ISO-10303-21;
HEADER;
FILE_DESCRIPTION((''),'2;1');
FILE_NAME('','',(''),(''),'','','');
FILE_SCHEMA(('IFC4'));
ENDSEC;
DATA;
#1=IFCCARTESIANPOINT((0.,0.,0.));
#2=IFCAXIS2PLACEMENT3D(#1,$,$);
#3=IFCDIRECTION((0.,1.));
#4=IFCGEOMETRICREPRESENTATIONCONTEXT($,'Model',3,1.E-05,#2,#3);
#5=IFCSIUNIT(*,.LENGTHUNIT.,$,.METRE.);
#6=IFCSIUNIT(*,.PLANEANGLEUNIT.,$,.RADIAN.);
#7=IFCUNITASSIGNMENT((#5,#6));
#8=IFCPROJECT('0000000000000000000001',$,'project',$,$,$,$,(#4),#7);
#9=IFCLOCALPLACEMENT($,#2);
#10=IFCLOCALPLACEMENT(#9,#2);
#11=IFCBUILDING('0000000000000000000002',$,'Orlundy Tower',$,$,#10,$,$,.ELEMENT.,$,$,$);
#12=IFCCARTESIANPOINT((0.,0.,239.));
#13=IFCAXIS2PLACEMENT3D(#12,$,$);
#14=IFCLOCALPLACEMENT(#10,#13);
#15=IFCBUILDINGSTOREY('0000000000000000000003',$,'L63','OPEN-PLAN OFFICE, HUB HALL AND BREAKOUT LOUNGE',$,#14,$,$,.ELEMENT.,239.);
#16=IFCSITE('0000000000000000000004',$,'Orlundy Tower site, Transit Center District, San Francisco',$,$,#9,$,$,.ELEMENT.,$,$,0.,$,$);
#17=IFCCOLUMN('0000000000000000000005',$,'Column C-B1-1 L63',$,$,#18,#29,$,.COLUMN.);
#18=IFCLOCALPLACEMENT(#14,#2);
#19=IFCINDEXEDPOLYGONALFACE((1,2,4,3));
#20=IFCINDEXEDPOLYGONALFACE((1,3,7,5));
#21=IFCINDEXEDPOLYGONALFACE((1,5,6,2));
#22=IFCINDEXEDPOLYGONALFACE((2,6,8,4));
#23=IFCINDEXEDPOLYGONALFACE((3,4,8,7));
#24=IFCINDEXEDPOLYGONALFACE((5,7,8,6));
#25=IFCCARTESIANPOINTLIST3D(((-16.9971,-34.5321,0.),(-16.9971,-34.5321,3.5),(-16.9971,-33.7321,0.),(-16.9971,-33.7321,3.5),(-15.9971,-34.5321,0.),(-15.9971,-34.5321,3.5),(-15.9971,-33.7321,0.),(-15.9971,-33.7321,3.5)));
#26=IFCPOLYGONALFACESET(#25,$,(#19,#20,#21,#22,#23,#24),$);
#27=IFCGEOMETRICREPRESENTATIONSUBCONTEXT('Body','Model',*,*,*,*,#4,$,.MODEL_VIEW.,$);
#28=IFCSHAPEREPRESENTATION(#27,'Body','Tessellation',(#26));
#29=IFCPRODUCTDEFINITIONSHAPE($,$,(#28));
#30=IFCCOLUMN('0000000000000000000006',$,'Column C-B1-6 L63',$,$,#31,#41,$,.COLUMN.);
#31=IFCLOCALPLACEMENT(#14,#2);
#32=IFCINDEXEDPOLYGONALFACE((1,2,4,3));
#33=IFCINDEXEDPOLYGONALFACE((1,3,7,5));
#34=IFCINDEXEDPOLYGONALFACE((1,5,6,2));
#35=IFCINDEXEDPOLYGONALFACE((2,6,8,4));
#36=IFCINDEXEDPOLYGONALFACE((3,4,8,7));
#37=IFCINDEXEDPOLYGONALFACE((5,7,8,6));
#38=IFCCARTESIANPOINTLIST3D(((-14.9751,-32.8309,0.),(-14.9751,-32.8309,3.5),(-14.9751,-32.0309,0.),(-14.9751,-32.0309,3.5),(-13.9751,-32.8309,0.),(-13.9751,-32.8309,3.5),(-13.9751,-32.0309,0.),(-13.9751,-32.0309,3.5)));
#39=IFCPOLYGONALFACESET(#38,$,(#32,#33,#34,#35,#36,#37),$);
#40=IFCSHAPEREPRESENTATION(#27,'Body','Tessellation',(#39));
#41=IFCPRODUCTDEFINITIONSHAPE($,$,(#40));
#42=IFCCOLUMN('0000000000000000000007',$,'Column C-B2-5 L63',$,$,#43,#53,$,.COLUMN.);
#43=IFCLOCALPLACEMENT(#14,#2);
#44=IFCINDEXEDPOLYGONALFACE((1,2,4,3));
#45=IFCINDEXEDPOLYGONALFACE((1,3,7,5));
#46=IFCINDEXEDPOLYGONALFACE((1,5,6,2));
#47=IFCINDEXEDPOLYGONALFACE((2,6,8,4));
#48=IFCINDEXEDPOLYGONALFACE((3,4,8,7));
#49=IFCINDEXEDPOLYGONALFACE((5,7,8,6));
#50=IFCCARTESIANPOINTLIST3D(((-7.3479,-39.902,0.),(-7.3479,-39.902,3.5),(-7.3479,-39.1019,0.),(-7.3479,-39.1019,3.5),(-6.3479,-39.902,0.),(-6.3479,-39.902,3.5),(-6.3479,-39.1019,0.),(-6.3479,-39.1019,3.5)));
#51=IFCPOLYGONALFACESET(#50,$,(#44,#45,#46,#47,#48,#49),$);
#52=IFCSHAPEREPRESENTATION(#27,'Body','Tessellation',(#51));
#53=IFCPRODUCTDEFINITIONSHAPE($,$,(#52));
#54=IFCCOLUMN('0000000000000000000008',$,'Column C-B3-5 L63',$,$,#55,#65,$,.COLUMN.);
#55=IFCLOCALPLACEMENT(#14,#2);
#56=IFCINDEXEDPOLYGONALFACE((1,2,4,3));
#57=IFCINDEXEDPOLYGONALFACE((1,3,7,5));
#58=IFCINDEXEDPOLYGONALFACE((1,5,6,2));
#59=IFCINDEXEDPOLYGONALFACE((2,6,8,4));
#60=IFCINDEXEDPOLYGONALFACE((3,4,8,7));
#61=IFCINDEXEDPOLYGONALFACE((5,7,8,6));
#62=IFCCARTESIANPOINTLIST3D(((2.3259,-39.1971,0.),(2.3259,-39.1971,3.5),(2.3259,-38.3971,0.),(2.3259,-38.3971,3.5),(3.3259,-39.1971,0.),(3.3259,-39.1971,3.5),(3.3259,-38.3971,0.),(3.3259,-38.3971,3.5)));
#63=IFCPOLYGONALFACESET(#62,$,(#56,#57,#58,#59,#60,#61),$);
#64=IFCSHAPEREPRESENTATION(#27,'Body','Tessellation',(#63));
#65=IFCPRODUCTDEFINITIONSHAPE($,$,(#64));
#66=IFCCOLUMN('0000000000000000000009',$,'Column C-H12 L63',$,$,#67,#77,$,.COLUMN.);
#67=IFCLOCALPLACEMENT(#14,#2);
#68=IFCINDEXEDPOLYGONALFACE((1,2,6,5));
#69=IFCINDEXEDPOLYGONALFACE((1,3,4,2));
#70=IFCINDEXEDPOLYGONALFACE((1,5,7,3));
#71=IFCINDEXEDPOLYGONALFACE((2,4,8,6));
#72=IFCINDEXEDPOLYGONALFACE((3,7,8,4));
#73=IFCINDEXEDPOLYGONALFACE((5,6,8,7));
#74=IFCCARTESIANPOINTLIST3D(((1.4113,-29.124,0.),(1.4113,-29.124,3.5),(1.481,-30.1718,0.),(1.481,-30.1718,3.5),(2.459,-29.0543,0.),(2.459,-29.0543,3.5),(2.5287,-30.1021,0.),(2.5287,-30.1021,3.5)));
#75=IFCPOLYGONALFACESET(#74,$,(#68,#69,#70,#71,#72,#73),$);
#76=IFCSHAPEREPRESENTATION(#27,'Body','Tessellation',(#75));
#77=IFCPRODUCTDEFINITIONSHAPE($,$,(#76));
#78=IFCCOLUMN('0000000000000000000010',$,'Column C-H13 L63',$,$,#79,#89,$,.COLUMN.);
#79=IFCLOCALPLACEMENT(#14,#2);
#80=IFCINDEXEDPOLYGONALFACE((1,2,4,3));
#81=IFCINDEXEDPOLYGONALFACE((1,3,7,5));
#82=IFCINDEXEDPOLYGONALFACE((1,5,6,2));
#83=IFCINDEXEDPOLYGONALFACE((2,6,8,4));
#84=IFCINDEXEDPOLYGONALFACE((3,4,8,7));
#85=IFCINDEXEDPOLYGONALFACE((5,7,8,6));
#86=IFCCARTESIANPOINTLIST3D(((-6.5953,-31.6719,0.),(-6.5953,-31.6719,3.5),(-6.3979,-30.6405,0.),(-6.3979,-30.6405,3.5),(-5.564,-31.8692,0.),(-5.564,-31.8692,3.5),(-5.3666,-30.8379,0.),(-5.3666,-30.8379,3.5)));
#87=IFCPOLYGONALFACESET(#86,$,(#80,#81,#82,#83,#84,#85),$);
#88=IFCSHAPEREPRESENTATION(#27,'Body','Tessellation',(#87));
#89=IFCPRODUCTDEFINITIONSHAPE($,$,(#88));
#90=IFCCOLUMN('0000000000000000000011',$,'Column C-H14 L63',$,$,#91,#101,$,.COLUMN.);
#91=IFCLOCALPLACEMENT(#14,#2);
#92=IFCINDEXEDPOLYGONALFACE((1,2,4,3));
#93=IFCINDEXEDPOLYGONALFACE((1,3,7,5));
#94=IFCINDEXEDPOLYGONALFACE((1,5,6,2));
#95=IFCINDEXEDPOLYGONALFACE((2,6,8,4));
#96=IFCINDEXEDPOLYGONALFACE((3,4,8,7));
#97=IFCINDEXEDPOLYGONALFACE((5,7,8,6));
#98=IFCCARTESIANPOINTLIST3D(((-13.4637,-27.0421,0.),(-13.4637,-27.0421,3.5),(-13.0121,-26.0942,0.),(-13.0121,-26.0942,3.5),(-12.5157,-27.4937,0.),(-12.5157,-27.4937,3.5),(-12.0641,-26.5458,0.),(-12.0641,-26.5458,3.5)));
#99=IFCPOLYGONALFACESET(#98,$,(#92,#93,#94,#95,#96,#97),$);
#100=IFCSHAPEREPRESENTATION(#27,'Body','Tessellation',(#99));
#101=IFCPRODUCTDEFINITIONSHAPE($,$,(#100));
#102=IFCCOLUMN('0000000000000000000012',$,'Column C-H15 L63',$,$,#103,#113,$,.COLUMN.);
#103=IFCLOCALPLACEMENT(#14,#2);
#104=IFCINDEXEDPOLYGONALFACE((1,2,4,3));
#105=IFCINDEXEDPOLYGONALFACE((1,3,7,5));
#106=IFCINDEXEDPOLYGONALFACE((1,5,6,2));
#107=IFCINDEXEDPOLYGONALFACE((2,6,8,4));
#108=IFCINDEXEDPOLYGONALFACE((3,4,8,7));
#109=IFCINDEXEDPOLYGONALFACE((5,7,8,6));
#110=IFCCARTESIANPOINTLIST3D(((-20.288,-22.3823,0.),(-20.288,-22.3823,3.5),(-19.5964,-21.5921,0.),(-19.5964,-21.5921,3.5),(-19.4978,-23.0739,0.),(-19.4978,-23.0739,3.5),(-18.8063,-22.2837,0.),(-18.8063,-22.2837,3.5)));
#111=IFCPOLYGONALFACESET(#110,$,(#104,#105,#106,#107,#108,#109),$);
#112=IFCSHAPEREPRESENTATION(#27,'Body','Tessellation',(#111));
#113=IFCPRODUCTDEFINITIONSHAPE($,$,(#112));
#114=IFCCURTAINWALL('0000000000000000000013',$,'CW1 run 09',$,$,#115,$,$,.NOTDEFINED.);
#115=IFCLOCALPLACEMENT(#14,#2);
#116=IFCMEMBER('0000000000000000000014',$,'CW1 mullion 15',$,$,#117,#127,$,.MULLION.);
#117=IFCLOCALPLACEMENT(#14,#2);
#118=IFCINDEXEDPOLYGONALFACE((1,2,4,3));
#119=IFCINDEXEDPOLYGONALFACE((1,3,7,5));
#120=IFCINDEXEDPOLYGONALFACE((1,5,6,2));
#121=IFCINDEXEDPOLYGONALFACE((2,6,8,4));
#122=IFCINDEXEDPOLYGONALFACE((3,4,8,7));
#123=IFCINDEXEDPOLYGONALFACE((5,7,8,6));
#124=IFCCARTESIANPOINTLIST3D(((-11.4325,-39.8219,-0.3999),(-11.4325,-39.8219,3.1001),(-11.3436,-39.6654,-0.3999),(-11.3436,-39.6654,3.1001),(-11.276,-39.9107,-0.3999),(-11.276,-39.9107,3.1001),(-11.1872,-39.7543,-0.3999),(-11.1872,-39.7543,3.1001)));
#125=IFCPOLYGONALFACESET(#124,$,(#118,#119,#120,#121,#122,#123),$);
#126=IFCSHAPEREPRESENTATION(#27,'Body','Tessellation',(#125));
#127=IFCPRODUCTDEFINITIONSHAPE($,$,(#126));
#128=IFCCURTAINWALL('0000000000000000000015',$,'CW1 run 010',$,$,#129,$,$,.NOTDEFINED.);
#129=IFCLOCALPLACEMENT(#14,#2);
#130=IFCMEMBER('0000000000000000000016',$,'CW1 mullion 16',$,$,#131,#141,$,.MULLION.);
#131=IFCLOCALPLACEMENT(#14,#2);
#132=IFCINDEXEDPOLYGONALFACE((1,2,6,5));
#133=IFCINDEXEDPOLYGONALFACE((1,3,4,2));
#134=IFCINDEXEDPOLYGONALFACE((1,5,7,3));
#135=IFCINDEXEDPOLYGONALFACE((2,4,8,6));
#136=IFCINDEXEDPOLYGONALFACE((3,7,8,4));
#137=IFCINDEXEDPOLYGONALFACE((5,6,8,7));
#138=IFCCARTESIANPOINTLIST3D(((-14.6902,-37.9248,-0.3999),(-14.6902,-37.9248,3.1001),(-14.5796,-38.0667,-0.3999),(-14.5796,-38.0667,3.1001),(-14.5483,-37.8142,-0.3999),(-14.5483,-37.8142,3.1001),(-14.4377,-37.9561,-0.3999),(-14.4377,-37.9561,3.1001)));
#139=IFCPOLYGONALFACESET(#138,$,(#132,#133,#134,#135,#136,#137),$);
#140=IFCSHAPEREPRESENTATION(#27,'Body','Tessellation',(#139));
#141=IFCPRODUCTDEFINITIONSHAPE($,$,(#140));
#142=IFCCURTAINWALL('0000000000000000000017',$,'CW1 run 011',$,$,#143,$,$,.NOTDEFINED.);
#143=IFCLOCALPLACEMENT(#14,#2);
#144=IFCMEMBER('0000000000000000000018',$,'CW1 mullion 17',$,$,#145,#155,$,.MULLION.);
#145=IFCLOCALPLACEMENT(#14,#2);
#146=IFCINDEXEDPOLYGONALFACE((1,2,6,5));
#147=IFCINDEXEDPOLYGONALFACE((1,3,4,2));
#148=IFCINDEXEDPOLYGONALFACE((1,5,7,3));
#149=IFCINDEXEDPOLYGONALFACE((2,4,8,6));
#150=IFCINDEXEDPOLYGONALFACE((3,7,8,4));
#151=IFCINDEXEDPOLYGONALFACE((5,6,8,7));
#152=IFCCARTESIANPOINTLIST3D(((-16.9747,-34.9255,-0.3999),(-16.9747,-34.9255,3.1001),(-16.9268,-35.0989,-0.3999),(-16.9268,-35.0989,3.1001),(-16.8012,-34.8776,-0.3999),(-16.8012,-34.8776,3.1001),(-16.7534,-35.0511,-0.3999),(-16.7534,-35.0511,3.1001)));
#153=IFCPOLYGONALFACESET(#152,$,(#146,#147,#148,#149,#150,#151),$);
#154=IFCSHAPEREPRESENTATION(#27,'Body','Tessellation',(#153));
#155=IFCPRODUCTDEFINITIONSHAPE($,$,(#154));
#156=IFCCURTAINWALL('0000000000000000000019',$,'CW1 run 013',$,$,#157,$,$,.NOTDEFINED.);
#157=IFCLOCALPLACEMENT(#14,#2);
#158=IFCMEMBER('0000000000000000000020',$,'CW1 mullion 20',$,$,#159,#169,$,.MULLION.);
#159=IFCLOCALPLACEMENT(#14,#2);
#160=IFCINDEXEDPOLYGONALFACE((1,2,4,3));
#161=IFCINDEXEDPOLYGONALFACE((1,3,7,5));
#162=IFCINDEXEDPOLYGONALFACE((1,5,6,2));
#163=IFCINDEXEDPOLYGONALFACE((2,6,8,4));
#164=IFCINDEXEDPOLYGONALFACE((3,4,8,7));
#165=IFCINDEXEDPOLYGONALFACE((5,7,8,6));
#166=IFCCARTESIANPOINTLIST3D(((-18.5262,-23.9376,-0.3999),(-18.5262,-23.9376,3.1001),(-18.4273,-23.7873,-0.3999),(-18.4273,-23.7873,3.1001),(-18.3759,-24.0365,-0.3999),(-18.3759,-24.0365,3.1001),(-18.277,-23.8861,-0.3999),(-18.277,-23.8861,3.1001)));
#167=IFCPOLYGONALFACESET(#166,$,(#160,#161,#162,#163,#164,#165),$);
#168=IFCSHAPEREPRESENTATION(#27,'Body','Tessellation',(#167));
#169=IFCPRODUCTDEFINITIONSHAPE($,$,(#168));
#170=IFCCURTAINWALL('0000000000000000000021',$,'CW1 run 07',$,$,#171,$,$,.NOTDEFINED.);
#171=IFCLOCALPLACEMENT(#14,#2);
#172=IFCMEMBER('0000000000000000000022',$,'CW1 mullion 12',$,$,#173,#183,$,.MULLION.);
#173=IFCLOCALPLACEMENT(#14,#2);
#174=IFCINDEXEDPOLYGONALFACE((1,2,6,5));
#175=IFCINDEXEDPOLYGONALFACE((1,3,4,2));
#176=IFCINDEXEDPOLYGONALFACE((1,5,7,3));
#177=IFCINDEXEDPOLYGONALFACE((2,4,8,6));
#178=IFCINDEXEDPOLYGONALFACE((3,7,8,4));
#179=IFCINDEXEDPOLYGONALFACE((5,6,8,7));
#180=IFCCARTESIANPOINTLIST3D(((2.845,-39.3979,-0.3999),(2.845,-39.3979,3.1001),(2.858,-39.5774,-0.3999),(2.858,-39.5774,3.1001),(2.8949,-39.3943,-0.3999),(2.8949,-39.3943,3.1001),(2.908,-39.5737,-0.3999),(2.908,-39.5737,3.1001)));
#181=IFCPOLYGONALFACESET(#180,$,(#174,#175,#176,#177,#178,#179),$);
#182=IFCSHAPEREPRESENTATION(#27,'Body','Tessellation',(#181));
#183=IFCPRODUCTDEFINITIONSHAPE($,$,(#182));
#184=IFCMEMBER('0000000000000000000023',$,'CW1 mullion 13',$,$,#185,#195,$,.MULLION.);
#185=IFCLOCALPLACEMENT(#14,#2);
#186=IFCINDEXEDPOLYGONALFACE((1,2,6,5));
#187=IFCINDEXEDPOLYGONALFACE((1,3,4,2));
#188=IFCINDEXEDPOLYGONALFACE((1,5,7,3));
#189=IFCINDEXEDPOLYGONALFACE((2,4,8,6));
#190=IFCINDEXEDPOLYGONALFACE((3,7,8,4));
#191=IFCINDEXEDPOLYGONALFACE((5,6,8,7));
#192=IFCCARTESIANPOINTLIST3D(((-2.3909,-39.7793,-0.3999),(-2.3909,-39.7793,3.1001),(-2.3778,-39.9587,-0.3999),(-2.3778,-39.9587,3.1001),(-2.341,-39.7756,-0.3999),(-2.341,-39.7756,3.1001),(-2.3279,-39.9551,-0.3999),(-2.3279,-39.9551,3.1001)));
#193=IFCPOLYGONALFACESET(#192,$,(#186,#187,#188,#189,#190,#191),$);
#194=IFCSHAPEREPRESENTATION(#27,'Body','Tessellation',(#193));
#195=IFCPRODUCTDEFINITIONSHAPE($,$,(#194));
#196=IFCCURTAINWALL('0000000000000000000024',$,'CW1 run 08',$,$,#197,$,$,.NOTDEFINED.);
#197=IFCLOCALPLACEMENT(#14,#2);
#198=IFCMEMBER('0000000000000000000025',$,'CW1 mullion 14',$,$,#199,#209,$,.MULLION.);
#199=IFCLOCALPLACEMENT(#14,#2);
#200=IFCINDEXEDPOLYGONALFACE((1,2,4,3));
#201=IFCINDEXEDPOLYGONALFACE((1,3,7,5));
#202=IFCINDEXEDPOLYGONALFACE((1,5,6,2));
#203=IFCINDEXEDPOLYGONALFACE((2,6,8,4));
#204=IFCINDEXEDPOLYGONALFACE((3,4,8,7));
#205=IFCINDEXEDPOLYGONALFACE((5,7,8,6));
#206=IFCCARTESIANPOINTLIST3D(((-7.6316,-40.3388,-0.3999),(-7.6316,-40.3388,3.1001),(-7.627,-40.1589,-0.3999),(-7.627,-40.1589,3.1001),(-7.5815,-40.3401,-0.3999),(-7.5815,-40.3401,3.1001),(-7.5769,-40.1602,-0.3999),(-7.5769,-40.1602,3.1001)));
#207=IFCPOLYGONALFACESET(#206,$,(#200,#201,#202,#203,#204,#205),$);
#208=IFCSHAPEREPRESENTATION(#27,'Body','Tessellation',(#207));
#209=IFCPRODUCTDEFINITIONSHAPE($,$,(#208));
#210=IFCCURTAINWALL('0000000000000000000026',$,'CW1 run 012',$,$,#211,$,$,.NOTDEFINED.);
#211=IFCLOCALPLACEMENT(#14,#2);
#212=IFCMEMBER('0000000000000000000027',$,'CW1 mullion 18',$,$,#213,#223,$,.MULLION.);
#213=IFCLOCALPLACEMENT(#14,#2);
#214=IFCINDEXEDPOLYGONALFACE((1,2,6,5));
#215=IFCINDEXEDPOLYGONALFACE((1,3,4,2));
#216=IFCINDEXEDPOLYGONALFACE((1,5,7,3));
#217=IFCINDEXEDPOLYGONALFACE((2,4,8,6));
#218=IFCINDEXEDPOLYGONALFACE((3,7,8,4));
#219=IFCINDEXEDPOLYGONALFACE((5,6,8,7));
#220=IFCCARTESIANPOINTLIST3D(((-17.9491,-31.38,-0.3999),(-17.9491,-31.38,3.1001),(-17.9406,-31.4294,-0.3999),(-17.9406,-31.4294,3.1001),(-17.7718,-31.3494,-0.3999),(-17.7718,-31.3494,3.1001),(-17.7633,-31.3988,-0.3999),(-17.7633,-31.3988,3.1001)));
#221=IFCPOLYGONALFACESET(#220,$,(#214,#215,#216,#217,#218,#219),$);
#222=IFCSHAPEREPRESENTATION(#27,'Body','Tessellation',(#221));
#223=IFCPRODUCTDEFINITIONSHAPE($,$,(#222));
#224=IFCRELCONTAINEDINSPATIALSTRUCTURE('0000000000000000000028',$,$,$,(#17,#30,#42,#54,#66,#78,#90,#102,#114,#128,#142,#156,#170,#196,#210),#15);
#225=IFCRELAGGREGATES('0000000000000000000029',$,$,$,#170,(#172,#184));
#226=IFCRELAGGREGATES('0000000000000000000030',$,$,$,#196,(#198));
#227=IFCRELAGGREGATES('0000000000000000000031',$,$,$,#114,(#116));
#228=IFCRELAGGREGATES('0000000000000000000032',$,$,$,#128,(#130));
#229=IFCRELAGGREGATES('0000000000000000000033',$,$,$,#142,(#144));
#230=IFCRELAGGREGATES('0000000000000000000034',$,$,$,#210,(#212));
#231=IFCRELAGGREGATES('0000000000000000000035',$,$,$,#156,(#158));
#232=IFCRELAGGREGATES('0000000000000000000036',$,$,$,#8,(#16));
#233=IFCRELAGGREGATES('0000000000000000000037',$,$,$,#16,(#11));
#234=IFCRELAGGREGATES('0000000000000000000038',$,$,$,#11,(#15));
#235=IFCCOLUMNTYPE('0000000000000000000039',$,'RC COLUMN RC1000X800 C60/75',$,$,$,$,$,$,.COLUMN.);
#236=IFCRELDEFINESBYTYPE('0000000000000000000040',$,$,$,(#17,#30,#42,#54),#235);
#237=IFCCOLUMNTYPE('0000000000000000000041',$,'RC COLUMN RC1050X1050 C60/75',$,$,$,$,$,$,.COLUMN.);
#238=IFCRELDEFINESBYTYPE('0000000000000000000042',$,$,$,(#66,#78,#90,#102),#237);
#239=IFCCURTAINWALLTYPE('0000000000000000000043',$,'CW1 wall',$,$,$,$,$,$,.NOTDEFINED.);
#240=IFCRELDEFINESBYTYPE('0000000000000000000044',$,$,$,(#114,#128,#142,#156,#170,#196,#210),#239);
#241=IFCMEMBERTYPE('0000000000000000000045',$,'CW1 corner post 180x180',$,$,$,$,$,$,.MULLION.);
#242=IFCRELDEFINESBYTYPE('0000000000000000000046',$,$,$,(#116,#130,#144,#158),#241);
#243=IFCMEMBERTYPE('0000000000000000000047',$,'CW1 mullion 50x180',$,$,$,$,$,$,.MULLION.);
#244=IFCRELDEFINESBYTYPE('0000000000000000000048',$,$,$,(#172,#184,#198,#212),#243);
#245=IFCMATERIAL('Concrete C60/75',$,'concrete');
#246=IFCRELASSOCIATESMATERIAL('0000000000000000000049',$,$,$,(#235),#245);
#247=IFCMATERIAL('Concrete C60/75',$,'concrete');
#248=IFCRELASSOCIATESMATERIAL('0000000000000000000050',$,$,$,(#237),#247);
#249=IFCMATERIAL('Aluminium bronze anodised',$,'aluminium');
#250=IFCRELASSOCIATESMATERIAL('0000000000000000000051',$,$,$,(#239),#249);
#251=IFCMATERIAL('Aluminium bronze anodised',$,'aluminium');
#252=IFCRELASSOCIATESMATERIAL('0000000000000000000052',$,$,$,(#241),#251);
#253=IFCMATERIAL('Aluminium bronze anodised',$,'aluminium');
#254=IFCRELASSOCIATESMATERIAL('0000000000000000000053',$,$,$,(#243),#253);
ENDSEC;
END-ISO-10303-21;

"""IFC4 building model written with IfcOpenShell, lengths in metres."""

from ifc_helpers import new_model, si_unit, direction, frame, origin, origin_2d, place, context, subcontext, project, spatial, rectangle, extrude, material, material_profile, profile_set, type_object, element, aggregate, save


model = new_model("IFC4")

# Units and contexts
model_context = context("Model", 3, precision=1e-05, world=origin(), true_north=direction((0.0, 1.0)))
body_context = subcontext(model_context, "Body", "Model", "MODEL_VIEW")
ifc_project = project(units=[si_unit("LENGTHUNIT", "METRE"), si_unit("PLANEANGLEUNIT", "RADIAN")], contexts=[model_context])

# Site, building, storey
site_placement = place(None, origin())
site = spatial("IfcSite", under=ifc_project, at=site_placement, Name="Orlundy Tower site, Transit Center District, San Francisco", CompositionType="ELEMENT", RefElevation=0.0)
building_placement = place(site_placement, origin())
building = spatial("IfcBuilding", under=site, at=building_placement, Name="Orlundy Tower", CompositionType="ELEMENT")
storey_placement = place(building_placement, frame((0.0, 0.0, 239.0)))
storey = spatial("IfcBuildingStorey", under=building, at=storey_placement, Name="L63", Description="OPEN-PLAN OFFICE, HUB HALL AND BREAKOUT LOUNGE", CompositionType="ELEMENT", Elevation=239.0)

# Columns
ifc_material_1 = material(Name="Concrete C60/75", Category="concrete")
ifc_material_profile_1 = material_profile(ifc_material_1, rectangle(XDim=1.0, YDim=0.8, at=origin_2d()), Name="RC1000X800")
ifc_profile_set_1 = profile_set([ifc_material_profile_1], Name="Concrete C60/75")
column_type_1 = type_object("IfcColumnType", Name="RC COLUMN RC1000X800 C60/75", PredefinedType="COLUMN", material=ifc_profile_set_1)
for number, where, z_axis, x_axis, name in (
    (1, (-16.4971, -34.1321, 0.0), (0.0, 0.0, 1.0), (1.0, 0.0, 0.0), "Column C-B1-1 L63"),
    (2, (-14.4751, -32.4309, 0.0), (0.0, 0.0, 1.0), (1.0, 0.0, 0.0), "Column C-B1-6 L63"),
    (3, (-6.8479, -39.502, 0.0), (0.0, 0.0, 1.0), (1.0, 0.0, 0.0), "Column C-B2-5 L63"),
    (4, (2.8259, -38.7971, 0.0), (0.0, 0.0, 1.0), (1.0, 0.0, 0.0), "Column C-B3-5 L63"),
):
    element("IfcColumn", number, at=place(storey_placement, frame(where, z_axis=z_axis, x_axis=x_axis)), inside=storey, type_object=column_type_1, Name=name, PredefinedType="COLUMN", context=body_context, shape_type="SweptSolid", body=[
        extrude(rectangle(XDim=1.0, YDim=0.8, at=origin_2d()), origin(), (0.0, 0.0, 1.0), 3.5),
    ])
ifc_material_2 = material(Name="Concrete C60/75", Category="concrete")
ifc_material_profile_2 = material_profile(ifc_material_2, rectangle(XDim=1.05, YDim=1.05, at=origin_2d()), Name="RC1050X1050")
ifc_profile_set_2 = profile_set([ifc_material_profile_2], Name="Concrete C60/75")
column_type_2 = type_object("IfcColumnType", Name="RC COLUMN RC1050X1050 C60/75", PredefinedType="COLUMN", material=ifc_profile_set_2)
for number, where, z_axis, x_axis, name in (
    (5, (1.97, -29.613, 0.0), (0.0, 0.0, 1.0), (0.066378, -0.997795, 0.0), "Column C-H12 L63"),
    (6, (-5.981, -31.2549, 0.0), (0.0, 0.0, 1.0), (-0.187947, -0.982179, 0.0), "Column C-H13 L63"),
    (7, (-12.7639, -26.7939, 0.0), (0.0, 0.0, 1.0), (-0.43007, -0.902796, 0.0), "Column C-H14 L63"),
    (8, (-19.5471, -22.333, 0.0), (0.0, 0.0, 1.0), (-0.658611, -0.752484, 0.0), "Column C-H15 L63"),
):
    element("IfcColumn", number, at=place(storey_placement, frame(where, z_axis=z_axis, x_axis=x_axis)), inside=storey, type_object=column_type_2, Name=name, PredefinedType="COLUMN", context=body_context, shape_type="SweptSolid", body=[
        extrude(rectangle(XDim=1.05, YDim=1.05, at=origin_2d()), origin(), (0.0, 0.0, 1.0), 3.5),
    ])

# Curtain walls, members
ifc_material_3 = material(Name="Aluminium bronze anodised", Category="aluminium")
curtain_wall_type = type_object("IfcCurtainWallType", Name="CW1 wall", PredefinedType="NOTDEFINED", material=ifc_material_3)
curtain_wall_1_placement = place(storey_placement, origin())
curtain_wall_1 = element("IfcCurtainWall", 9, at=curtain_wall_1_placement, inside=storey, type_object=curtain_wall_type, Name="CW1 run 09", PredefinedType="NOTDEFINED")
ifc_material_4 = material(Name="Aluminium bronze anodised", Category="aluminium")
ifc_material_profile_3 = material_profile(ifc_material_4, rectangle(XDim=0.1799, YDim=0.1799, at=origin_2d()), Name="CW1 corner post 180x180")
ifc_profile_set_3 = profile_set([ifc_material_profile_3], Name="Aluminium bronze anodised")
member_type_1 = type_object("IfcMemberType", Name="CW1 corner post 180x180", PredefinedType="MULLION", material=ifc_profile_set_3)
member_1_placement = place(storey_placement, frame((-11.3098, -39.7881, -0.3999), z_axis=(0.0, 0.0, 1.0), x_axis=(-0.493754, -0.869601, 0.0)))
member_1 = element("IfcMember", 10, at=member_1_placement, type_object=member_type_1, Name="CW1 mullion 15", PredefinedType="MULLION", context=body_context, shape_type="SweptSolid", body=[
    extrude(rectangle(XDim=0.1799, YDim=0.1799, at=origin_2d()), origin(), (0.0, 0.0, 1.0), 3.5),
])
curtain_wall_2_placement = place(storey_placement, origin())
curtain_wall_2 = element("IfcCurtainWall", 11, at=curtain_wall_2_placement, inside=storey, type_object=curtain_wall_type, Name="CW1 run 010", PredefinedType="NOTDEFINED")
member_2_placement = place(storey_placement, frame((-14.564, -37.9404, -0.3999), z_axis=(0.0, 0.0, 1.0), x_axis=(-0.788858, -0.614575, 0.0)))
member_2 = element("IfcMember", 12, at=member_2_placement, type_object=member_type_1, Name="CW1 mullion 16", PredefinedType="MULLION", context=body_context, shape_type="SweptSolid", body=[
    extrude(rectangle(XDim=0.1799, YDim=0.1799, at=origin_2d()), origin(), (0.0, 0.0, 1.0), 3.5),
])
curtain_wall_3_placement = place(storey_placement, origin())
curtain_wall_3 = element("IfcCurtainWall", 13, at=curtain_wall_3_placement, inside=storey, type_object=curtain_wall_type, Name="CW1 run 011", PredefinedType="NOTDEFINED")
member_3_placement = place(storey_placement, frame((-16.864, -34.9883, -0.3999), z_axis=(0.0, 0.0, 1.0), x_axis=(-0.964038, -0.265765, 0.0)))
member_3 = element("IfcMember", 14, at=member_3_placement, type_object=member_type_1, Name="CW1 mullion 17", PredefinedType="MULLION", context=body_context, shape_type="SweptSolid", body=[
    extrude(rectangle(XDim=0.1799, YDim=0.1799, at=origin_2d()), origin(), (0.0, 0.0, 1.0), 3.5),
])
curtain_wall_4_placement = place(storey_placement, origin())
curtain_wall_4 = element("IfcCurtainWall", 15, at=curtain_wall_4_placement, inside=storey, type_object=curtain_wall_type, Name="CW1 run 013", PredefinedType="NOTDEFINED")
member_4_placement = place(storey_placement, frame((-18.4016, -23.9119, -0.3999), z_axis=(0.0, 0.0, 1.0), x_axis=(-0.549527, -0.835476, 0.0)))
member_4 = element("IfcMember", 16, at=member_4_placement, type_object=member_type_1, Name="CW1 mullion 20", PredefinedType="MULLION", context=body_context, shape_type="SweptSolid", body=[
    extrude(rectangle(XDim=0.1799, YDim=0.1799, at=origin_2d()), origin(), (0.0, 0.0, 1.0), 3.5),
])

# Curtain wall, members
curtain_wall_5_placement = place(storey_placement, origin())
curtain_wall_5 = element("IfcCurtainWall", 17, at=curtain_wall_5_placement, inside=storey, type_object=curtain_wall_type, Name="CW1 run 07", PredefinedType="NOTDEFINED")
ifc_material_5 = material(Name="Aluminium bronze anodised", Category="aluminium")
ifc_material_profile_4 = material_profile(ifc_material_5, rectangle(XDim=0.1799, YDim=0.05, at=origin_2d()), Name="CW1 mullion 50x180")
ifc_profile_set_4 = profile_set([ifc_material_profile_4], Name="Aluminium bronze anodised")
member_type_2 = type_object("IfcMemberType", Name="CW1 mullion 50x180", PredefinedType="MULLION", material=ifc_profile_set_4)
member_5_placement = place(storey_placement, frame((2.8765, -39.4858, -0.3999), z_axis=(0.0, 0.0, 1.0), x_axis=(0.072668, -0.997356, 0.0)))
member_5 = element("IfcMember", 18, at=member_5_placement, type_object=member_type_2, Name="CW1 mullion 12", PredefinedType="MULLION", context=body_context, shape_type="SweptSolid", body=[
    extrude(rectangle(XDim=0.1799, YDim=0.05, at=origin_2d()), origin(), (0.0, 0.0, 1.0), 3.5),
])
member_6_placement = place(storey_placement, frame((-2.3594, -39.8672, -0.3999), z_axis=(0.0, 0.0, 1.0), x_axis=(0.072668, -0.997356, 0.0)))
member_6 = element("IfcMember", 19, at=member_6_placement, type_object=member_type_2, Name="CW1 mullion 13", PredefinedType="MULLION", context=body_context, shape_type="SweptSolid", body=[
    extrude(rectangle(XDim=0.1799, YDim=0.05, at=origin_2d()), origin(), (0.0, 0.0, 1.0), 3.5),
])

# Curtain wall, member
curtain_wall_6_placement = place(storey_placement, origin())
curtain_wall_6 = element("IfcCurtainWall", 20, at=curtain_wall_6_placement, inside=storey, type_object=curtain_wall_type, Name="CW1 run 08", PredefinedType="NOTDEFINED")
member_7_placement = place(storey_placement, frame((-7.6042, -40.2495, -0.3999), z_axis=(0.0, 0.0, 1.0), x_axis=(-0.025558, -0.999673, 0.0)))
member_7 = element("IfcMember", 21, at=member_7_placement, type_object=member_type_2, Name="CW1 mullion 14", PredefinedType="MULLION", context=body_context, shape_type="SweptSolid", body=[
    extrude(rectangle(XDim=0.1799, YDim=0.05, at=origin_2d()), origin(), (0.0, 0.0, 1.0), 3.5),
])

# Curtain wall, member
curtain_wall_7_placement = place(storey_placement, origin())
curtain_wall_7 = element("IfcCurtainWall", 22, at=curtain_wall_7_placement, inside=storey, type_object=curtain_wall_type, Name="CW1 run 012", PredefinedType="NOTDEFINED")
member_8_placement = place(storey_placement, frame((-17.8562, -31.3894, -0.3999), z_axis=(0.0, 0.0, 1.0), x_axis=(-0.985431, -0.170073, 0.0)))
member_8 = element("IfcMember", 23, at=member_8_placement, type_object=member_type_2, Name="CW1 mullion 18", PredefinedType="MULLION", context=body_context, shape_type="SweptSolid", body=[
    extrude(rectangle(XDim=0.1799, YDim=0.05, at=origin_2d()), origin(), (0.0, 0.0, 1.0), 3.5),
])

aggregate(curtain_wall_5, [member_5, member_6])
aggregate(curtain_wall_6, [member_7])
aggregate(curtain_wall_1, [member_1])
aggregate(curtain_wall_2, [member_2])
aggregate(curtain_wall_3, [member_3])
aggregate(curtain_wall_7, [member_8])
aggregate(curtain_wall_4, [member_4])

save(model, "model.ifc")
